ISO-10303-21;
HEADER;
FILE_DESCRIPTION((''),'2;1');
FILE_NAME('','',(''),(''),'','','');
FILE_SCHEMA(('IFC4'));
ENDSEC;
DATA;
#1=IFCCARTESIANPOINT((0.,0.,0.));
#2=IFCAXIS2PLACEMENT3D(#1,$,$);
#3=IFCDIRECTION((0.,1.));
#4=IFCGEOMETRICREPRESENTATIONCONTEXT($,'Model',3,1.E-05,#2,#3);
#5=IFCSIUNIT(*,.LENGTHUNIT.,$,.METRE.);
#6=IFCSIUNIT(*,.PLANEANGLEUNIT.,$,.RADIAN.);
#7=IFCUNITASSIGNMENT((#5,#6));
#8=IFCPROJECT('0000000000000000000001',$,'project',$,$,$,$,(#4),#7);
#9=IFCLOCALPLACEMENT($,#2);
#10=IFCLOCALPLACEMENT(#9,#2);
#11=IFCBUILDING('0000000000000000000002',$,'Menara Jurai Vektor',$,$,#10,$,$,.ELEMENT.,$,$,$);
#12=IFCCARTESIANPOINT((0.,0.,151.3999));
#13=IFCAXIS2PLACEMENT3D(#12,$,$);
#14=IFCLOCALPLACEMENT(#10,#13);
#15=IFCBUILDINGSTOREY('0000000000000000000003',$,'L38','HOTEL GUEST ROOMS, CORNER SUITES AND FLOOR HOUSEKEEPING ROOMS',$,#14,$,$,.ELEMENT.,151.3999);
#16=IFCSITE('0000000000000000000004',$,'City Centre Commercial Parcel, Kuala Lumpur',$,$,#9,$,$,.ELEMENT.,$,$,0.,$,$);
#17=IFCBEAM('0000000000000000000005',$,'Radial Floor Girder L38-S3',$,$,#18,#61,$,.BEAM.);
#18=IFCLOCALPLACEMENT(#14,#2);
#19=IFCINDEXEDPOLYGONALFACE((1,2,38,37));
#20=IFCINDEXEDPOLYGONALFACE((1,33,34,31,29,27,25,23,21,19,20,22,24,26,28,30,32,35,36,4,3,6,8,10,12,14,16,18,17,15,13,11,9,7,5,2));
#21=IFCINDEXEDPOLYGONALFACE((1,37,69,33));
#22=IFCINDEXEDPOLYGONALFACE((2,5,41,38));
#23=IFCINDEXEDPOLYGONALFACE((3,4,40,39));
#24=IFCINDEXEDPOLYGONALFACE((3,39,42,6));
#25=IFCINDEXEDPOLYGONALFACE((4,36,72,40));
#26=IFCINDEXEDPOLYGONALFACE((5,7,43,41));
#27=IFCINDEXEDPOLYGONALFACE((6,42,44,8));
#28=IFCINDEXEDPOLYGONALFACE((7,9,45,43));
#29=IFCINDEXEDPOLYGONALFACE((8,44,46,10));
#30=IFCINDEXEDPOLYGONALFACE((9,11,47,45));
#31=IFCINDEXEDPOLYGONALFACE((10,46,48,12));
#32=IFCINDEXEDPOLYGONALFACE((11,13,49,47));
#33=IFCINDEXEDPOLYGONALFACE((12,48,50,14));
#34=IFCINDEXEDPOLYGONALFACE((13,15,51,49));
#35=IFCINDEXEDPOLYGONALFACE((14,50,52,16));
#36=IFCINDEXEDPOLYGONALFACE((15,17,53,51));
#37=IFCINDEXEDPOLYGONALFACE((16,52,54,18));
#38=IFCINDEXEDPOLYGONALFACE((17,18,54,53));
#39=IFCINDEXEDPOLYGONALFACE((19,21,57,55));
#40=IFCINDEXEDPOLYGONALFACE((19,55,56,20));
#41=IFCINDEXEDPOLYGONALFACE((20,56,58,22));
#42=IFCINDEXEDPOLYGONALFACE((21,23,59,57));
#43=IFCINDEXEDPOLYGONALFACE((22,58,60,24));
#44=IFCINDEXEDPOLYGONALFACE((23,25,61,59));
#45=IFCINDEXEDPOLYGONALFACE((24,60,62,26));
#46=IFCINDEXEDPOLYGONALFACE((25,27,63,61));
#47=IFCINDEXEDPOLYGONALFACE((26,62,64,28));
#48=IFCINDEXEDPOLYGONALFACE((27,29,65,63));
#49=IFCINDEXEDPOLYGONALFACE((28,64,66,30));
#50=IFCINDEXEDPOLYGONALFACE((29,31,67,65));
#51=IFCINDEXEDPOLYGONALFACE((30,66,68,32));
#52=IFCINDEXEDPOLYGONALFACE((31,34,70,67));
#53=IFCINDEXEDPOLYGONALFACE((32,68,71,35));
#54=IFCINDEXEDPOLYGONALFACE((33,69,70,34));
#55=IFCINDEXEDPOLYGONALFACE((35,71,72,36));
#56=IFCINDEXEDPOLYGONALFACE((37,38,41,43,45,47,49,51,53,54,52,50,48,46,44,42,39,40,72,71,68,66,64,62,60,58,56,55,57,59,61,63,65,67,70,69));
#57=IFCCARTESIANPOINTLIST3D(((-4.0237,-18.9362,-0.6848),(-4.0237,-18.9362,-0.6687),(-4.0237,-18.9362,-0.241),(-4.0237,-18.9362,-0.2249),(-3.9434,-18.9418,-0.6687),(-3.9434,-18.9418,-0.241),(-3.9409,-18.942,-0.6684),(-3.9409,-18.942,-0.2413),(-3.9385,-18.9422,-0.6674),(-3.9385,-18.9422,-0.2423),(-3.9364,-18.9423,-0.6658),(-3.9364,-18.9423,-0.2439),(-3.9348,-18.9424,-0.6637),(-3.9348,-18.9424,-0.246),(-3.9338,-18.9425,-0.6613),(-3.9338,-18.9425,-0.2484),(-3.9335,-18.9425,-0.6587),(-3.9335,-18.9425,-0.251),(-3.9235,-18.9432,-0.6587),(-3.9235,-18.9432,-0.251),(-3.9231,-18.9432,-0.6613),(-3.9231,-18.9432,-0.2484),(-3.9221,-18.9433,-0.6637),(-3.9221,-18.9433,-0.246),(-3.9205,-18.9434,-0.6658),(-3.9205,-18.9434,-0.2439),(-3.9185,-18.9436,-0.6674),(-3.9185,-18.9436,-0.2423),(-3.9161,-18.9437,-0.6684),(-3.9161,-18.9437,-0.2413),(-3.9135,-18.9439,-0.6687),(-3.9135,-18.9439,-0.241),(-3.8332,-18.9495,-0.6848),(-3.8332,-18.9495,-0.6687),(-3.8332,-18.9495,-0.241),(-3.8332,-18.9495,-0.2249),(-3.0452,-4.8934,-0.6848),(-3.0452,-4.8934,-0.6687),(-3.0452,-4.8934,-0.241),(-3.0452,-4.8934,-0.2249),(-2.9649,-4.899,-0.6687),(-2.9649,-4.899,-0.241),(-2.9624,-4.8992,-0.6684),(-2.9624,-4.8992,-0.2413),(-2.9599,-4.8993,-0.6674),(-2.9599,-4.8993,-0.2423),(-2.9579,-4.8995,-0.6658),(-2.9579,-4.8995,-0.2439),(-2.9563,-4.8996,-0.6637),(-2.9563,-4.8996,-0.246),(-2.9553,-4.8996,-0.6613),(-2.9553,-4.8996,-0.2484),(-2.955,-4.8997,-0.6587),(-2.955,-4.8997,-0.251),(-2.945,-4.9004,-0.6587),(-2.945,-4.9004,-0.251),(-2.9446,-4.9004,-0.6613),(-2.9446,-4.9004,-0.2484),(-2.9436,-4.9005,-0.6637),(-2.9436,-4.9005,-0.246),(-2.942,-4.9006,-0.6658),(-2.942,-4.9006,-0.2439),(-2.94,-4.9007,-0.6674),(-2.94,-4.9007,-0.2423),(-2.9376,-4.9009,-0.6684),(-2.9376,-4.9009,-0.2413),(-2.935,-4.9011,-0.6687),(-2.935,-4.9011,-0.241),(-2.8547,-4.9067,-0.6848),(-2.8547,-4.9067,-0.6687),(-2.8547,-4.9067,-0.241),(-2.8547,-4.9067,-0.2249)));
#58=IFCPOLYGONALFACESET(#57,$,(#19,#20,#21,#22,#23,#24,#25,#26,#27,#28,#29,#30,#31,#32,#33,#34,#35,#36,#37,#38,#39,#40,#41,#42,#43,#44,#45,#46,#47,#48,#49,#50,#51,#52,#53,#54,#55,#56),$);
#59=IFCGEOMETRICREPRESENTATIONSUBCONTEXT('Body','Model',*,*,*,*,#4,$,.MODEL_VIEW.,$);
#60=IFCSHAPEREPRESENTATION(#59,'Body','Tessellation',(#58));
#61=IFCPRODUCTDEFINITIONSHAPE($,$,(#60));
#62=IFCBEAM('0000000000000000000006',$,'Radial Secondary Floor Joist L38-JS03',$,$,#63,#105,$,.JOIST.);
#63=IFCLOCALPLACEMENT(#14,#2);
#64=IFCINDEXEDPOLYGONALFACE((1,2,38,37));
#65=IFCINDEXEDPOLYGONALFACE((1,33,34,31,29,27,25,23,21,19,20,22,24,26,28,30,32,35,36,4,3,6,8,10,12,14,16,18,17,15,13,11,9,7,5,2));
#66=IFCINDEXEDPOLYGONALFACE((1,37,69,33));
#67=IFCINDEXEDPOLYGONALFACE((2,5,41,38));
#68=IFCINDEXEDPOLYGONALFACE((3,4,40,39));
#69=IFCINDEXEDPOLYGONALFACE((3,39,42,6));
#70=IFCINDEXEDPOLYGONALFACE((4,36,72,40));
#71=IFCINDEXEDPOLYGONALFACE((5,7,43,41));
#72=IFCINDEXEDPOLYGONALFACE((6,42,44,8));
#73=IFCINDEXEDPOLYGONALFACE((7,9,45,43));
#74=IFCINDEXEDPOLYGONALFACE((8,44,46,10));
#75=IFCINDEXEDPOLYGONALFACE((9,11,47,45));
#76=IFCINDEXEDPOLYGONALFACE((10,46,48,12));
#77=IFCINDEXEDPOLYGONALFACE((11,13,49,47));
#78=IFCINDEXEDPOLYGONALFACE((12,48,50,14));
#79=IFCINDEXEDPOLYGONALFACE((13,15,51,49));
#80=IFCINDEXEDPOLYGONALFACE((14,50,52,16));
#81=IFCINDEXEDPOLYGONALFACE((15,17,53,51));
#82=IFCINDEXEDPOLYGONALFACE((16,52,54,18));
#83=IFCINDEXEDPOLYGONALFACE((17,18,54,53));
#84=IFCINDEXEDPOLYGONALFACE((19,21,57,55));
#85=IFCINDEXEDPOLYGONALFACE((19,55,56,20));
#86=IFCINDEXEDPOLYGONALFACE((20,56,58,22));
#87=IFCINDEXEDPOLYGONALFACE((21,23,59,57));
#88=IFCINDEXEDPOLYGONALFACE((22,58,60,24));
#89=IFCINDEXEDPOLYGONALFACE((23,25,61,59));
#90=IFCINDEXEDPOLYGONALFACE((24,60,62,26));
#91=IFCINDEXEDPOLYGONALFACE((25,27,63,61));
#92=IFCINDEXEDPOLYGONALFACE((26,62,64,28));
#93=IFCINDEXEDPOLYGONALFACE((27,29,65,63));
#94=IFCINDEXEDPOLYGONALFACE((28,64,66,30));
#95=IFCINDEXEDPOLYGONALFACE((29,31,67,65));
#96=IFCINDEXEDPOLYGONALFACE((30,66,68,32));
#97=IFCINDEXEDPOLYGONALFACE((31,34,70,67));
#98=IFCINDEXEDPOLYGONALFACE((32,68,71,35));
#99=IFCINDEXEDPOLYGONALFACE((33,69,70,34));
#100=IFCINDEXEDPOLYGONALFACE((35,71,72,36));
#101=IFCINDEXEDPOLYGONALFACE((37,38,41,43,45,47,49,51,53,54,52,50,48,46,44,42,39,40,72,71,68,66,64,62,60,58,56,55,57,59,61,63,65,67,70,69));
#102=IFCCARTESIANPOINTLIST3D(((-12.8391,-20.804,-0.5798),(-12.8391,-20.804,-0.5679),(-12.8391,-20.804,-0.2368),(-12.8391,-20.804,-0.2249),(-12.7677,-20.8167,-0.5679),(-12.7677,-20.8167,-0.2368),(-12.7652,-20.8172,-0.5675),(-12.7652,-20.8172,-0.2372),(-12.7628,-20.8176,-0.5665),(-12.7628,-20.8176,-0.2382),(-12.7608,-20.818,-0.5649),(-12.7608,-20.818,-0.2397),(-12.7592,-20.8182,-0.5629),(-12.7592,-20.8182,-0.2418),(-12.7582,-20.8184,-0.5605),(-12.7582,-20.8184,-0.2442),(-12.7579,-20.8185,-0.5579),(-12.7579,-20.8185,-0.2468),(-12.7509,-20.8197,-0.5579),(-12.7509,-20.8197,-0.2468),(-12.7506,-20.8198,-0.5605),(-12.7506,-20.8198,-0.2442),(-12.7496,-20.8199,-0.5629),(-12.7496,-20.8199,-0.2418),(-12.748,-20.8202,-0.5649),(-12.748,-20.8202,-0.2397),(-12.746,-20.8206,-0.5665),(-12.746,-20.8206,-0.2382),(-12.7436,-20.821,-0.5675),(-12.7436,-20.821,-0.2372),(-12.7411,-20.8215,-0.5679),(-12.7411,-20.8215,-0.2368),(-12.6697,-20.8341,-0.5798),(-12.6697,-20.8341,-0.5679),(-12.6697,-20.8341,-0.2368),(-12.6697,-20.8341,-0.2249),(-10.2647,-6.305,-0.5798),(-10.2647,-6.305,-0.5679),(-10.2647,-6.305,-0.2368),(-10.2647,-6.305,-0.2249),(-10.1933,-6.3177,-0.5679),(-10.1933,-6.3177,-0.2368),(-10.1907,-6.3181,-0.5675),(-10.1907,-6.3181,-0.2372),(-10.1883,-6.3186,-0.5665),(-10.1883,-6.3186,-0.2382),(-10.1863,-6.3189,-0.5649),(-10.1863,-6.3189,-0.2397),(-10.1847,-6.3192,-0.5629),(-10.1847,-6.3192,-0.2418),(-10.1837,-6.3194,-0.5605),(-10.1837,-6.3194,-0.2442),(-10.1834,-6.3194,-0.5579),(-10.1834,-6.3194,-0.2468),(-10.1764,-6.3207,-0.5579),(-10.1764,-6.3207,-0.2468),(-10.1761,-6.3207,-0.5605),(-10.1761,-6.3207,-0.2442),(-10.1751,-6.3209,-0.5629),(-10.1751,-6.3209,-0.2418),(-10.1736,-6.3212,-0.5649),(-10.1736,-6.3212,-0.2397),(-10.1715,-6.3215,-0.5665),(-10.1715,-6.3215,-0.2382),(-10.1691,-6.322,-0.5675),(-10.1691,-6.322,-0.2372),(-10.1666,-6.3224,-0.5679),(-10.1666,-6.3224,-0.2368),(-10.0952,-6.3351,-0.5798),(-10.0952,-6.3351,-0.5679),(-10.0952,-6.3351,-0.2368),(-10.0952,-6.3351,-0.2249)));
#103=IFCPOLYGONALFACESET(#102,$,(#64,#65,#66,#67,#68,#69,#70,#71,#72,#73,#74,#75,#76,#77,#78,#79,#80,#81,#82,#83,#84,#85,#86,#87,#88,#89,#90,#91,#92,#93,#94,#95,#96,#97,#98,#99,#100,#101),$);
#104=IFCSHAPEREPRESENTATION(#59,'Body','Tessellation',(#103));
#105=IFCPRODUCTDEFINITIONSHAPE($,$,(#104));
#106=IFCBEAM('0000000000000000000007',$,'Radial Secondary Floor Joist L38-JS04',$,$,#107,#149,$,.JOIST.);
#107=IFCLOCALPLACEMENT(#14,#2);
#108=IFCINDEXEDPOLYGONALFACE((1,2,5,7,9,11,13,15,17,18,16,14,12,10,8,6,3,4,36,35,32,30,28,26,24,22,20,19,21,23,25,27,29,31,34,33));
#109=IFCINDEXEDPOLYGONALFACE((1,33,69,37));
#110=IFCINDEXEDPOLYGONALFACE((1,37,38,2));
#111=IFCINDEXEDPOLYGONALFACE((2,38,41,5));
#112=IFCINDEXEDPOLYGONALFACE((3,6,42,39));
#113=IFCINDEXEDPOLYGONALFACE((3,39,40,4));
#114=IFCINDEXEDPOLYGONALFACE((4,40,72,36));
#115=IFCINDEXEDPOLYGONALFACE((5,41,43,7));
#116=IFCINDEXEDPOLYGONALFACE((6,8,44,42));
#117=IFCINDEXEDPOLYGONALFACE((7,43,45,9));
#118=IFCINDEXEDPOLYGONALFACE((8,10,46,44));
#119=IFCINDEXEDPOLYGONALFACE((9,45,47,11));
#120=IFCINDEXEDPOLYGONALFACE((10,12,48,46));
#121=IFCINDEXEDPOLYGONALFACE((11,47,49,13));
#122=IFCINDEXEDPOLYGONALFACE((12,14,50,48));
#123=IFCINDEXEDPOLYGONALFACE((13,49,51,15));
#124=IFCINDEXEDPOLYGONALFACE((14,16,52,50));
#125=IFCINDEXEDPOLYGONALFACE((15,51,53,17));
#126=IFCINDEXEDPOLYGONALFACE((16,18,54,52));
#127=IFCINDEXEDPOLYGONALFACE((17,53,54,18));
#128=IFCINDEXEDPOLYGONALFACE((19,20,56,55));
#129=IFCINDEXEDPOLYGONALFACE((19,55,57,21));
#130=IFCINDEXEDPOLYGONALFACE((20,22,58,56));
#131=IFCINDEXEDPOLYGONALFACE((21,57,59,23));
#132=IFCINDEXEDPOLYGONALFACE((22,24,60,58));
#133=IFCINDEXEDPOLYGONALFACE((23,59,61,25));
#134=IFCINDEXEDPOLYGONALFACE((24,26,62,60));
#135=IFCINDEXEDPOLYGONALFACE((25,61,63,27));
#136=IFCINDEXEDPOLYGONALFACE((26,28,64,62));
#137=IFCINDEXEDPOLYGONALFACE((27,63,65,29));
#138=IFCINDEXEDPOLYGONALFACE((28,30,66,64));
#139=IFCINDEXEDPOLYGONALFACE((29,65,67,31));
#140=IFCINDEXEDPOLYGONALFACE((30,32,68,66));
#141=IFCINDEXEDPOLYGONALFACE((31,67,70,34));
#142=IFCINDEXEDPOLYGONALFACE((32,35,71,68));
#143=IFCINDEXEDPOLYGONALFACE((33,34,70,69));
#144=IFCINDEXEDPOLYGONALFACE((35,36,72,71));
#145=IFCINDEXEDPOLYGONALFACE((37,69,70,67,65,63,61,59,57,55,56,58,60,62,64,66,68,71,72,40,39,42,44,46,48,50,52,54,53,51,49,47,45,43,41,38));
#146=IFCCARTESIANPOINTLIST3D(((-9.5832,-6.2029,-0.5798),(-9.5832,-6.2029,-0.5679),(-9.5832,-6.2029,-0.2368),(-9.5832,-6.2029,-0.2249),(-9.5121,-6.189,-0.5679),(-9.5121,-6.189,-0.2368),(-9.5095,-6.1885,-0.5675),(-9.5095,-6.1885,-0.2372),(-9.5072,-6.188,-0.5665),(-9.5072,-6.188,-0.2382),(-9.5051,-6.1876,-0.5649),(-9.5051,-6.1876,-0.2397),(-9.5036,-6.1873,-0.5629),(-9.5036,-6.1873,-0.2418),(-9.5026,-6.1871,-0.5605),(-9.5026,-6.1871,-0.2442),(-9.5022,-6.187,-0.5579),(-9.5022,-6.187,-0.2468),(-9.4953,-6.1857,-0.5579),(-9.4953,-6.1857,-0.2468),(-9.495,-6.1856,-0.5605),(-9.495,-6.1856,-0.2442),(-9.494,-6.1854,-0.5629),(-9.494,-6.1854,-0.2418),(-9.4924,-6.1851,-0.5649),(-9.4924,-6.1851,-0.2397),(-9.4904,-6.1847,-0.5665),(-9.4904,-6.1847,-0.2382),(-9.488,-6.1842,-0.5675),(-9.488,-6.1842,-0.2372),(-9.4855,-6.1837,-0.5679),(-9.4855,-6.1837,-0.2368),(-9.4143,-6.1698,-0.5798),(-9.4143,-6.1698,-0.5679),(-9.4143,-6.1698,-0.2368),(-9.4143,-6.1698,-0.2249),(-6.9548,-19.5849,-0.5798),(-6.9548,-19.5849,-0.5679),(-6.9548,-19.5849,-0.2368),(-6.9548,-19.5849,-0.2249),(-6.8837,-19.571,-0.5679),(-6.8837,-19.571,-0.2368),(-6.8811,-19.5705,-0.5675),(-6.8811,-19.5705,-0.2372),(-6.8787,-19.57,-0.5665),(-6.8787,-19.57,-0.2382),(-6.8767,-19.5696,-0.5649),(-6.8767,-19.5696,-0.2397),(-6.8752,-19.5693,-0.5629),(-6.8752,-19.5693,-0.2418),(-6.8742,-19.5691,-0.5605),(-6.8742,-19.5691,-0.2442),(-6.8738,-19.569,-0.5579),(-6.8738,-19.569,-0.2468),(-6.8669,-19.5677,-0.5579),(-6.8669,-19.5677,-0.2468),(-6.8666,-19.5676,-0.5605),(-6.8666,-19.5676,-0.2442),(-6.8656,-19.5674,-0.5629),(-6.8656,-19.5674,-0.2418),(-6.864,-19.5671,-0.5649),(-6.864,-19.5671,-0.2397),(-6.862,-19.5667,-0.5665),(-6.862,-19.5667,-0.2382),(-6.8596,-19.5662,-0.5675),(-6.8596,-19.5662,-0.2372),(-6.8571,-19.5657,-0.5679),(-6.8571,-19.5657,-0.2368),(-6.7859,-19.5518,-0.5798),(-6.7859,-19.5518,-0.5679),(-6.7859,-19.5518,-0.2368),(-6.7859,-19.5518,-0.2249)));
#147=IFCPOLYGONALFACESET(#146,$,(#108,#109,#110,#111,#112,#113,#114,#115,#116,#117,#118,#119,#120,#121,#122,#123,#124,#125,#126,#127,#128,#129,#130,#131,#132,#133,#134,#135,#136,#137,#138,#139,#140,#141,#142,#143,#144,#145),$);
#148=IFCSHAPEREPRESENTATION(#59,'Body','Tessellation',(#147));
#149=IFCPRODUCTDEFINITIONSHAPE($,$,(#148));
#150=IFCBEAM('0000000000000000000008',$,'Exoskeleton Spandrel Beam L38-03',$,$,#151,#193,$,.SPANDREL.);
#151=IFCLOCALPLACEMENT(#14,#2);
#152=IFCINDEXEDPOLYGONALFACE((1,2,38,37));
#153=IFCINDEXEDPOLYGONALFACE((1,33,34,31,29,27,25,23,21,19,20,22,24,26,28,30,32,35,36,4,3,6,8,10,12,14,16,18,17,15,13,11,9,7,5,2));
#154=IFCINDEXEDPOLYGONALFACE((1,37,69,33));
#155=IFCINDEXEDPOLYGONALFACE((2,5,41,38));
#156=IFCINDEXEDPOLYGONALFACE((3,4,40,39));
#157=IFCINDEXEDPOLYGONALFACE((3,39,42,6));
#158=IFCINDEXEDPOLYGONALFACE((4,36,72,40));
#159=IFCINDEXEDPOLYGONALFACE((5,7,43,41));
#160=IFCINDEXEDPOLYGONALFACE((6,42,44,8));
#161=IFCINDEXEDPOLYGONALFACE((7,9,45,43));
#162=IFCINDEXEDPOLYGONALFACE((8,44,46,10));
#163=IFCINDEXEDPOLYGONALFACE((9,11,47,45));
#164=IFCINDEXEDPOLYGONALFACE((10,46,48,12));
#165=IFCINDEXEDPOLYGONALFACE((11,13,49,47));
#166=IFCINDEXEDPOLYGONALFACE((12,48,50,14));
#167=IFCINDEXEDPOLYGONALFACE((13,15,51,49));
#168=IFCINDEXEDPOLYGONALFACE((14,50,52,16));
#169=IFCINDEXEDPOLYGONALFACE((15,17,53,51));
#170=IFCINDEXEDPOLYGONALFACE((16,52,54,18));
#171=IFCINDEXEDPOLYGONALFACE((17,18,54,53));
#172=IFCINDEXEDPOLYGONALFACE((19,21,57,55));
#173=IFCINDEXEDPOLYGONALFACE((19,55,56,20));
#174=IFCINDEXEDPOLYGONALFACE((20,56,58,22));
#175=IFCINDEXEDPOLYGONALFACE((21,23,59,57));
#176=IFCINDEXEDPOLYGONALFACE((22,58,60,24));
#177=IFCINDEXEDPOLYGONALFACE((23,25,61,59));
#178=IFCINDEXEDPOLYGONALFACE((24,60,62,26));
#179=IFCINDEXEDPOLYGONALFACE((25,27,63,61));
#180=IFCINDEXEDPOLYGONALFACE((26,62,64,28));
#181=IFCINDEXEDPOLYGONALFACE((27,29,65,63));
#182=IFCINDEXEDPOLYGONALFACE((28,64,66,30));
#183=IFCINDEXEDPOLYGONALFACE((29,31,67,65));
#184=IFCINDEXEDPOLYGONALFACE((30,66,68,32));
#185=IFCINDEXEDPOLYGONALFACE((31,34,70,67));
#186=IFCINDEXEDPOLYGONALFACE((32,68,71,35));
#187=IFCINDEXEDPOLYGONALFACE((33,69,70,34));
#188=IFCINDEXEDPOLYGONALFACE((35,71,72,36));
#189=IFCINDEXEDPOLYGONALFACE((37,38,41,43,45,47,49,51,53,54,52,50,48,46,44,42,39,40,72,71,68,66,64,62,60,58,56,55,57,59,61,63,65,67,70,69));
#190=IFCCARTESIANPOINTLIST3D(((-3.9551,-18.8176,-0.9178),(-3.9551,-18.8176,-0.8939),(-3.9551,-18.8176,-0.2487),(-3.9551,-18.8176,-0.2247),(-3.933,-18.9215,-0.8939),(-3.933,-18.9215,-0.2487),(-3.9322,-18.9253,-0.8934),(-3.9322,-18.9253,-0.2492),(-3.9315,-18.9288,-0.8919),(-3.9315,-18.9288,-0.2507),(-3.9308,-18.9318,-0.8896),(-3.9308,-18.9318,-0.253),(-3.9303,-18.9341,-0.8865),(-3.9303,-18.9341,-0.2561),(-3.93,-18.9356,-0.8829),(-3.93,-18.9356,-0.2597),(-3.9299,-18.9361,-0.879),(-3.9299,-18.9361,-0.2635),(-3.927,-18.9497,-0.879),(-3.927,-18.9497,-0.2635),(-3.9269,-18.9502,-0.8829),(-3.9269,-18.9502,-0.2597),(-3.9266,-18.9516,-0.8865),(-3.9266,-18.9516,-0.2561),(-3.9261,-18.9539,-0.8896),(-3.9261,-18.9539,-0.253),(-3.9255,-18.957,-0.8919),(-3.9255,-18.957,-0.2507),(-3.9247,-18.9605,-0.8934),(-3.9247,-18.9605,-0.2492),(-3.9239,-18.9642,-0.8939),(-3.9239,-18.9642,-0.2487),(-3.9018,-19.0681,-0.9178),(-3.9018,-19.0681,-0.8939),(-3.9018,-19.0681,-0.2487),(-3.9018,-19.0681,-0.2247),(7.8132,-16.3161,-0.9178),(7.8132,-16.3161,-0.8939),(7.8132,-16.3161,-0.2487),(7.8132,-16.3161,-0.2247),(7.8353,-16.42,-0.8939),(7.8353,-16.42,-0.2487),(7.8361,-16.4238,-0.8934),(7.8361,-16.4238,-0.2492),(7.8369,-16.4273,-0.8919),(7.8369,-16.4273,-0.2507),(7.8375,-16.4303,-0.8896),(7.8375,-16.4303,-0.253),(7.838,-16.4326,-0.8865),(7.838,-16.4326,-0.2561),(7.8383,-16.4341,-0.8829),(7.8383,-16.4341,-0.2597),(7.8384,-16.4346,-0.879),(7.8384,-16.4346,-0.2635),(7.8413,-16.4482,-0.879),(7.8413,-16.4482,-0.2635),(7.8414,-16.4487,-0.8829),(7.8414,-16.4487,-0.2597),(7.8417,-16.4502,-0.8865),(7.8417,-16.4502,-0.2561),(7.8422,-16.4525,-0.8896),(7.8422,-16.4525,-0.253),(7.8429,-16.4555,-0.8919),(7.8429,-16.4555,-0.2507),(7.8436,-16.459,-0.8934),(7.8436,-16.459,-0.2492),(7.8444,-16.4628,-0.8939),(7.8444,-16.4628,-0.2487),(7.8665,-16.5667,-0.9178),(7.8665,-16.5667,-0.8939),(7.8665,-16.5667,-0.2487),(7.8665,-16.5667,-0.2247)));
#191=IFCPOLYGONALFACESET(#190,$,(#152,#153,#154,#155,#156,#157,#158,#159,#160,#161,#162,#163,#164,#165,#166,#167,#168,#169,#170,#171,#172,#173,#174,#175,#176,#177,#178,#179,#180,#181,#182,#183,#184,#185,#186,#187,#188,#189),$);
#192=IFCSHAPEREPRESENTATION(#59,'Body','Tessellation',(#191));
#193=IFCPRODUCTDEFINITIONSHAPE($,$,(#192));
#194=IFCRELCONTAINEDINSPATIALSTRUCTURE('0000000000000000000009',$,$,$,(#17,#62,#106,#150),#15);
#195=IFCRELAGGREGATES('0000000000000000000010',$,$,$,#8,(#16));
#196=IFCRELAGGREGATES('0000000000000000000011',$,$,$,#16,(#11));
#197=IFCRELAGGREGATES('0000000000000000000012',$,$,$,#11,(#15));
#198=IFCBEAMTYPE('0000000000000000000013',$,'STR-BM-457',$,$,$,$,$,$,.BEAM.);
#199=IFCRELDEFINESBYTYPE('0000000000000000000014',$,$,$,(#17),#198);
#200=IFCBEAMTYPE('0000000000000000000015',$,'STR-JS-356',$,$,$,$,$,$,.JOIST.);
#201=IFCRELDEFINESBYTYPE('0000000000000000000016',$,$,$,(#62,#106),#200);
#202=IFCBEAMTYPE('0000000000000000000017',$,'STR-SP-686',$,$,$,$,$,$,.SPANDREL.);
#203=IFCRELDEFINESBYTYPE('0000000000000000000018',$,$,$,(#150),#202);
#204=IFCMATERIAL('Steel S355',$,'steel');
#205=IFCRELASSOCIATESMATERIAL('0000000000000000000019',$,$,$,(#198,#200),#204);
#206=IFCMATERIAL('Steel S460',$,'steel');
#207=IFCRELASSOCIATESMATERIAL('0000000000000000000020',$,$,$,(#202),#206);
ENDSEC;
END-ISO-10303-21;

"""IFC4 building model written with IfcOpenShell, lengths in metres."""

from ifc_helpers import new_model, si_unit, direction, frame, origin, origin_2d, place, context, subcontext, project, spatial, i_section, extrude, material, material_profile, profile_set, type_object, element, save


model = new_model("IFC4")

# Units and contexts
model_context = context("Model", 3, precision=1e-05, world=origin(), true_north=direction((0.0, 1.0)))
body_context = subcontext(model_context, "Body", "Model", "MODEL_VIEW")
ifc_project = project(units=[si_unit("LENGTHUNIT", "METRE"), si_unit("PLANEANGLEUNIT", "RADIAN")], contexts=[model_context])

# Site, building, storey
site_placement = place(None, origin())
site = spatial("IfcSite", under=ifc_project, at=site_placement, Name="City Centre Commercial Parcel, Kuala Lumpur", CompositionType="ELEMENT", RefElevation=0.0)
building_placement = place(site_placement, origin())
building = spatial("IfcBuilding", under=site, at=building_placement, Name="Menara Jurai Vektor", CompositionType="ELEMENT")
storey_placement = place(building_placement, frame((0.0, 0.0, 151.3999)))
storey = spatial("IfcBuildingStorey", under=building, at=storey_placement, Name="L38", Description="HOTEL GUEST ROOMS, CORNER SUITES AND FLOOR HOUSEKEEPING ROOMS", CompositionType="ELEMENT", Elevation=151.3999)

# Shared definitions
ifc_material_1 = material(Name="Steel S460", Category="steel")

# Beams
ifc_material_2 = material(Name="Steel S355", Category="steel")
ifc_material_profile_1 = material_profile(ifc_material_2, i_section(OverallWidth=0.1909, OverallDepth=0.46, WebThickness=0.01, FlangeThickness=0.0161, FilletRadius=0.01, at=origin_2d()), Name="UKB 457x191x82")
ifc_profile_set_1 = profile_set([ifc_material_profile_1], Name="Steel S355")
beam_type_1 = type_object("IfcBeamType", Name="STR-BM-457", PredefinedType="BEAM", material=ifc_profile_set_1)
beam_1_placement = place(storey_placement, frame((-3.9285, -18.9429, -0.4548), z_axis=(0.069512, 0.997581, 0.0), x_axis=(-0.997581, 0.069512, 0.0)))
element("IfcBeam", 1, at=beam_1_placement, inside=storey, type_object=beam_type_1, Name="Radial Floor Girder L38-S3", PredefinedType="BEAM", context=body_context, shape_type="SweptSolid", body=[
    extrude(i_section(OverallWidth=0.1909, OverallDepth=0.46, WebThickness=0.01, FlangeThickness=0.0161, FilletRadius=0.01, at=origin_2d()), origin(), (0.0, 0.0, 1.0), 14.0769),
])
ifc_material_profile_2 = material_profile(ifc_material_2, i_section(OverallWidth=0.1721, OverallDepth=0.355, WebThickness=0.0071, FlangeThickness=0.012, FilletRadius=0.01, at=origin_2d()), Name="UKB 356x171x51")
ifc_profile_set_2 = profile_set([ifc_material_profile_2], Name="Steel S355")
beam_type_2 = type_object("IfcBeamType", Name="STR-JS-356", PredefinedType="JOIST", material=ifc_profile_set_2)
beam_2_placement = place(storey_placement, frame((-12.7544, -20.8191, -0.4023), z_axis=(0.174827, 0.984599, 0.0), x_axis=(-0.984599, 0.174827, 0.0)))
element("IfcBeam", 2, at=beam_2_placement, inside=storey, type_object=beam_type_2, Name="Radial Secondary Floor Joist L38-JS03", PredefinedType="JOIST", context=body_context, shape_type="SweptSolid", body=[
    extrude(i_section(OverallWidth=0.1721, OverallDepth=0.355, WebThickness=0.0071, FlangeThickness=0.012, FilletRadius=0.01, at=origin_2d()), origin(), (0.0, 0.0, 1.0), 14.7258),
])
beam_3_placement = place(storey_placement, frame((-6.8704, -19.5684, -0.4023), z_axis=(-0.192731, 0.981252, 0.0), x_axis=(-0.981252, -0.192731, 0.0)))
element("IfcBeam", 3, at=beam_3_placement, inside=storey, type_object=beam_type_2, Name="Radial Secondary Floor Joist L38-JS04", PredefinedType="JOIST", context=body_context, shape_type="SweptSolid", body=[
    extrude(i_section(OverallWidth=0.1721, OverallDepth=0.355, WebThickness=0.0071, FlangeThickness=0.012, FilletRadius=0.01, at=origin_2d()), origin(), (0.0, 0.0, 1.0), 13.6377),
])
ifc_material_profile_3 = material_profile(ifc_material_1, i_section(OverallWidth=0.2561, OverallDepth=0.6931, WebThickness=0.0139, FlangeThickness=0.0239, FilletRadius=0.0149, at=origin_2d()), Name="UKB 686x254x170")
ifc_profile_set_3 = profile_set([ifc_material_profile_3], Name="Steel S460")
beam_type_3 = type_object("IfcBeamType", Name="STR-SP-686", PredefinedType="SPANDREL", material=ifc_profile_set_3)
beam_4_placement = place(storey_placement, frame((-3.9285, -18.9429, -0.5713), z_axis=(0.978147, 0.207914, 0.0), x_axis=(-0.207914, 0.978147, 0.0)))
element("IfcBeam", 4, at=beam_4_placement, inside=storey, type_object=beam_type_3, Name="Exoskeleton Spandrel Beam L38-03", PredefinedType="SPANDREL", context=body_context, shape_type="SweptSolid", body=[
    extrude(i_section(OverallWidth=0.2561, OverallDepth=0.6931, WebThickness=0.0139, FlangeThickness=0.0239, FilletRadius=0.0149, at=origin_2d()), origin(), (0.0, 0.0, 1.0), 12.0312),
])

save(model, "model.ifc")
